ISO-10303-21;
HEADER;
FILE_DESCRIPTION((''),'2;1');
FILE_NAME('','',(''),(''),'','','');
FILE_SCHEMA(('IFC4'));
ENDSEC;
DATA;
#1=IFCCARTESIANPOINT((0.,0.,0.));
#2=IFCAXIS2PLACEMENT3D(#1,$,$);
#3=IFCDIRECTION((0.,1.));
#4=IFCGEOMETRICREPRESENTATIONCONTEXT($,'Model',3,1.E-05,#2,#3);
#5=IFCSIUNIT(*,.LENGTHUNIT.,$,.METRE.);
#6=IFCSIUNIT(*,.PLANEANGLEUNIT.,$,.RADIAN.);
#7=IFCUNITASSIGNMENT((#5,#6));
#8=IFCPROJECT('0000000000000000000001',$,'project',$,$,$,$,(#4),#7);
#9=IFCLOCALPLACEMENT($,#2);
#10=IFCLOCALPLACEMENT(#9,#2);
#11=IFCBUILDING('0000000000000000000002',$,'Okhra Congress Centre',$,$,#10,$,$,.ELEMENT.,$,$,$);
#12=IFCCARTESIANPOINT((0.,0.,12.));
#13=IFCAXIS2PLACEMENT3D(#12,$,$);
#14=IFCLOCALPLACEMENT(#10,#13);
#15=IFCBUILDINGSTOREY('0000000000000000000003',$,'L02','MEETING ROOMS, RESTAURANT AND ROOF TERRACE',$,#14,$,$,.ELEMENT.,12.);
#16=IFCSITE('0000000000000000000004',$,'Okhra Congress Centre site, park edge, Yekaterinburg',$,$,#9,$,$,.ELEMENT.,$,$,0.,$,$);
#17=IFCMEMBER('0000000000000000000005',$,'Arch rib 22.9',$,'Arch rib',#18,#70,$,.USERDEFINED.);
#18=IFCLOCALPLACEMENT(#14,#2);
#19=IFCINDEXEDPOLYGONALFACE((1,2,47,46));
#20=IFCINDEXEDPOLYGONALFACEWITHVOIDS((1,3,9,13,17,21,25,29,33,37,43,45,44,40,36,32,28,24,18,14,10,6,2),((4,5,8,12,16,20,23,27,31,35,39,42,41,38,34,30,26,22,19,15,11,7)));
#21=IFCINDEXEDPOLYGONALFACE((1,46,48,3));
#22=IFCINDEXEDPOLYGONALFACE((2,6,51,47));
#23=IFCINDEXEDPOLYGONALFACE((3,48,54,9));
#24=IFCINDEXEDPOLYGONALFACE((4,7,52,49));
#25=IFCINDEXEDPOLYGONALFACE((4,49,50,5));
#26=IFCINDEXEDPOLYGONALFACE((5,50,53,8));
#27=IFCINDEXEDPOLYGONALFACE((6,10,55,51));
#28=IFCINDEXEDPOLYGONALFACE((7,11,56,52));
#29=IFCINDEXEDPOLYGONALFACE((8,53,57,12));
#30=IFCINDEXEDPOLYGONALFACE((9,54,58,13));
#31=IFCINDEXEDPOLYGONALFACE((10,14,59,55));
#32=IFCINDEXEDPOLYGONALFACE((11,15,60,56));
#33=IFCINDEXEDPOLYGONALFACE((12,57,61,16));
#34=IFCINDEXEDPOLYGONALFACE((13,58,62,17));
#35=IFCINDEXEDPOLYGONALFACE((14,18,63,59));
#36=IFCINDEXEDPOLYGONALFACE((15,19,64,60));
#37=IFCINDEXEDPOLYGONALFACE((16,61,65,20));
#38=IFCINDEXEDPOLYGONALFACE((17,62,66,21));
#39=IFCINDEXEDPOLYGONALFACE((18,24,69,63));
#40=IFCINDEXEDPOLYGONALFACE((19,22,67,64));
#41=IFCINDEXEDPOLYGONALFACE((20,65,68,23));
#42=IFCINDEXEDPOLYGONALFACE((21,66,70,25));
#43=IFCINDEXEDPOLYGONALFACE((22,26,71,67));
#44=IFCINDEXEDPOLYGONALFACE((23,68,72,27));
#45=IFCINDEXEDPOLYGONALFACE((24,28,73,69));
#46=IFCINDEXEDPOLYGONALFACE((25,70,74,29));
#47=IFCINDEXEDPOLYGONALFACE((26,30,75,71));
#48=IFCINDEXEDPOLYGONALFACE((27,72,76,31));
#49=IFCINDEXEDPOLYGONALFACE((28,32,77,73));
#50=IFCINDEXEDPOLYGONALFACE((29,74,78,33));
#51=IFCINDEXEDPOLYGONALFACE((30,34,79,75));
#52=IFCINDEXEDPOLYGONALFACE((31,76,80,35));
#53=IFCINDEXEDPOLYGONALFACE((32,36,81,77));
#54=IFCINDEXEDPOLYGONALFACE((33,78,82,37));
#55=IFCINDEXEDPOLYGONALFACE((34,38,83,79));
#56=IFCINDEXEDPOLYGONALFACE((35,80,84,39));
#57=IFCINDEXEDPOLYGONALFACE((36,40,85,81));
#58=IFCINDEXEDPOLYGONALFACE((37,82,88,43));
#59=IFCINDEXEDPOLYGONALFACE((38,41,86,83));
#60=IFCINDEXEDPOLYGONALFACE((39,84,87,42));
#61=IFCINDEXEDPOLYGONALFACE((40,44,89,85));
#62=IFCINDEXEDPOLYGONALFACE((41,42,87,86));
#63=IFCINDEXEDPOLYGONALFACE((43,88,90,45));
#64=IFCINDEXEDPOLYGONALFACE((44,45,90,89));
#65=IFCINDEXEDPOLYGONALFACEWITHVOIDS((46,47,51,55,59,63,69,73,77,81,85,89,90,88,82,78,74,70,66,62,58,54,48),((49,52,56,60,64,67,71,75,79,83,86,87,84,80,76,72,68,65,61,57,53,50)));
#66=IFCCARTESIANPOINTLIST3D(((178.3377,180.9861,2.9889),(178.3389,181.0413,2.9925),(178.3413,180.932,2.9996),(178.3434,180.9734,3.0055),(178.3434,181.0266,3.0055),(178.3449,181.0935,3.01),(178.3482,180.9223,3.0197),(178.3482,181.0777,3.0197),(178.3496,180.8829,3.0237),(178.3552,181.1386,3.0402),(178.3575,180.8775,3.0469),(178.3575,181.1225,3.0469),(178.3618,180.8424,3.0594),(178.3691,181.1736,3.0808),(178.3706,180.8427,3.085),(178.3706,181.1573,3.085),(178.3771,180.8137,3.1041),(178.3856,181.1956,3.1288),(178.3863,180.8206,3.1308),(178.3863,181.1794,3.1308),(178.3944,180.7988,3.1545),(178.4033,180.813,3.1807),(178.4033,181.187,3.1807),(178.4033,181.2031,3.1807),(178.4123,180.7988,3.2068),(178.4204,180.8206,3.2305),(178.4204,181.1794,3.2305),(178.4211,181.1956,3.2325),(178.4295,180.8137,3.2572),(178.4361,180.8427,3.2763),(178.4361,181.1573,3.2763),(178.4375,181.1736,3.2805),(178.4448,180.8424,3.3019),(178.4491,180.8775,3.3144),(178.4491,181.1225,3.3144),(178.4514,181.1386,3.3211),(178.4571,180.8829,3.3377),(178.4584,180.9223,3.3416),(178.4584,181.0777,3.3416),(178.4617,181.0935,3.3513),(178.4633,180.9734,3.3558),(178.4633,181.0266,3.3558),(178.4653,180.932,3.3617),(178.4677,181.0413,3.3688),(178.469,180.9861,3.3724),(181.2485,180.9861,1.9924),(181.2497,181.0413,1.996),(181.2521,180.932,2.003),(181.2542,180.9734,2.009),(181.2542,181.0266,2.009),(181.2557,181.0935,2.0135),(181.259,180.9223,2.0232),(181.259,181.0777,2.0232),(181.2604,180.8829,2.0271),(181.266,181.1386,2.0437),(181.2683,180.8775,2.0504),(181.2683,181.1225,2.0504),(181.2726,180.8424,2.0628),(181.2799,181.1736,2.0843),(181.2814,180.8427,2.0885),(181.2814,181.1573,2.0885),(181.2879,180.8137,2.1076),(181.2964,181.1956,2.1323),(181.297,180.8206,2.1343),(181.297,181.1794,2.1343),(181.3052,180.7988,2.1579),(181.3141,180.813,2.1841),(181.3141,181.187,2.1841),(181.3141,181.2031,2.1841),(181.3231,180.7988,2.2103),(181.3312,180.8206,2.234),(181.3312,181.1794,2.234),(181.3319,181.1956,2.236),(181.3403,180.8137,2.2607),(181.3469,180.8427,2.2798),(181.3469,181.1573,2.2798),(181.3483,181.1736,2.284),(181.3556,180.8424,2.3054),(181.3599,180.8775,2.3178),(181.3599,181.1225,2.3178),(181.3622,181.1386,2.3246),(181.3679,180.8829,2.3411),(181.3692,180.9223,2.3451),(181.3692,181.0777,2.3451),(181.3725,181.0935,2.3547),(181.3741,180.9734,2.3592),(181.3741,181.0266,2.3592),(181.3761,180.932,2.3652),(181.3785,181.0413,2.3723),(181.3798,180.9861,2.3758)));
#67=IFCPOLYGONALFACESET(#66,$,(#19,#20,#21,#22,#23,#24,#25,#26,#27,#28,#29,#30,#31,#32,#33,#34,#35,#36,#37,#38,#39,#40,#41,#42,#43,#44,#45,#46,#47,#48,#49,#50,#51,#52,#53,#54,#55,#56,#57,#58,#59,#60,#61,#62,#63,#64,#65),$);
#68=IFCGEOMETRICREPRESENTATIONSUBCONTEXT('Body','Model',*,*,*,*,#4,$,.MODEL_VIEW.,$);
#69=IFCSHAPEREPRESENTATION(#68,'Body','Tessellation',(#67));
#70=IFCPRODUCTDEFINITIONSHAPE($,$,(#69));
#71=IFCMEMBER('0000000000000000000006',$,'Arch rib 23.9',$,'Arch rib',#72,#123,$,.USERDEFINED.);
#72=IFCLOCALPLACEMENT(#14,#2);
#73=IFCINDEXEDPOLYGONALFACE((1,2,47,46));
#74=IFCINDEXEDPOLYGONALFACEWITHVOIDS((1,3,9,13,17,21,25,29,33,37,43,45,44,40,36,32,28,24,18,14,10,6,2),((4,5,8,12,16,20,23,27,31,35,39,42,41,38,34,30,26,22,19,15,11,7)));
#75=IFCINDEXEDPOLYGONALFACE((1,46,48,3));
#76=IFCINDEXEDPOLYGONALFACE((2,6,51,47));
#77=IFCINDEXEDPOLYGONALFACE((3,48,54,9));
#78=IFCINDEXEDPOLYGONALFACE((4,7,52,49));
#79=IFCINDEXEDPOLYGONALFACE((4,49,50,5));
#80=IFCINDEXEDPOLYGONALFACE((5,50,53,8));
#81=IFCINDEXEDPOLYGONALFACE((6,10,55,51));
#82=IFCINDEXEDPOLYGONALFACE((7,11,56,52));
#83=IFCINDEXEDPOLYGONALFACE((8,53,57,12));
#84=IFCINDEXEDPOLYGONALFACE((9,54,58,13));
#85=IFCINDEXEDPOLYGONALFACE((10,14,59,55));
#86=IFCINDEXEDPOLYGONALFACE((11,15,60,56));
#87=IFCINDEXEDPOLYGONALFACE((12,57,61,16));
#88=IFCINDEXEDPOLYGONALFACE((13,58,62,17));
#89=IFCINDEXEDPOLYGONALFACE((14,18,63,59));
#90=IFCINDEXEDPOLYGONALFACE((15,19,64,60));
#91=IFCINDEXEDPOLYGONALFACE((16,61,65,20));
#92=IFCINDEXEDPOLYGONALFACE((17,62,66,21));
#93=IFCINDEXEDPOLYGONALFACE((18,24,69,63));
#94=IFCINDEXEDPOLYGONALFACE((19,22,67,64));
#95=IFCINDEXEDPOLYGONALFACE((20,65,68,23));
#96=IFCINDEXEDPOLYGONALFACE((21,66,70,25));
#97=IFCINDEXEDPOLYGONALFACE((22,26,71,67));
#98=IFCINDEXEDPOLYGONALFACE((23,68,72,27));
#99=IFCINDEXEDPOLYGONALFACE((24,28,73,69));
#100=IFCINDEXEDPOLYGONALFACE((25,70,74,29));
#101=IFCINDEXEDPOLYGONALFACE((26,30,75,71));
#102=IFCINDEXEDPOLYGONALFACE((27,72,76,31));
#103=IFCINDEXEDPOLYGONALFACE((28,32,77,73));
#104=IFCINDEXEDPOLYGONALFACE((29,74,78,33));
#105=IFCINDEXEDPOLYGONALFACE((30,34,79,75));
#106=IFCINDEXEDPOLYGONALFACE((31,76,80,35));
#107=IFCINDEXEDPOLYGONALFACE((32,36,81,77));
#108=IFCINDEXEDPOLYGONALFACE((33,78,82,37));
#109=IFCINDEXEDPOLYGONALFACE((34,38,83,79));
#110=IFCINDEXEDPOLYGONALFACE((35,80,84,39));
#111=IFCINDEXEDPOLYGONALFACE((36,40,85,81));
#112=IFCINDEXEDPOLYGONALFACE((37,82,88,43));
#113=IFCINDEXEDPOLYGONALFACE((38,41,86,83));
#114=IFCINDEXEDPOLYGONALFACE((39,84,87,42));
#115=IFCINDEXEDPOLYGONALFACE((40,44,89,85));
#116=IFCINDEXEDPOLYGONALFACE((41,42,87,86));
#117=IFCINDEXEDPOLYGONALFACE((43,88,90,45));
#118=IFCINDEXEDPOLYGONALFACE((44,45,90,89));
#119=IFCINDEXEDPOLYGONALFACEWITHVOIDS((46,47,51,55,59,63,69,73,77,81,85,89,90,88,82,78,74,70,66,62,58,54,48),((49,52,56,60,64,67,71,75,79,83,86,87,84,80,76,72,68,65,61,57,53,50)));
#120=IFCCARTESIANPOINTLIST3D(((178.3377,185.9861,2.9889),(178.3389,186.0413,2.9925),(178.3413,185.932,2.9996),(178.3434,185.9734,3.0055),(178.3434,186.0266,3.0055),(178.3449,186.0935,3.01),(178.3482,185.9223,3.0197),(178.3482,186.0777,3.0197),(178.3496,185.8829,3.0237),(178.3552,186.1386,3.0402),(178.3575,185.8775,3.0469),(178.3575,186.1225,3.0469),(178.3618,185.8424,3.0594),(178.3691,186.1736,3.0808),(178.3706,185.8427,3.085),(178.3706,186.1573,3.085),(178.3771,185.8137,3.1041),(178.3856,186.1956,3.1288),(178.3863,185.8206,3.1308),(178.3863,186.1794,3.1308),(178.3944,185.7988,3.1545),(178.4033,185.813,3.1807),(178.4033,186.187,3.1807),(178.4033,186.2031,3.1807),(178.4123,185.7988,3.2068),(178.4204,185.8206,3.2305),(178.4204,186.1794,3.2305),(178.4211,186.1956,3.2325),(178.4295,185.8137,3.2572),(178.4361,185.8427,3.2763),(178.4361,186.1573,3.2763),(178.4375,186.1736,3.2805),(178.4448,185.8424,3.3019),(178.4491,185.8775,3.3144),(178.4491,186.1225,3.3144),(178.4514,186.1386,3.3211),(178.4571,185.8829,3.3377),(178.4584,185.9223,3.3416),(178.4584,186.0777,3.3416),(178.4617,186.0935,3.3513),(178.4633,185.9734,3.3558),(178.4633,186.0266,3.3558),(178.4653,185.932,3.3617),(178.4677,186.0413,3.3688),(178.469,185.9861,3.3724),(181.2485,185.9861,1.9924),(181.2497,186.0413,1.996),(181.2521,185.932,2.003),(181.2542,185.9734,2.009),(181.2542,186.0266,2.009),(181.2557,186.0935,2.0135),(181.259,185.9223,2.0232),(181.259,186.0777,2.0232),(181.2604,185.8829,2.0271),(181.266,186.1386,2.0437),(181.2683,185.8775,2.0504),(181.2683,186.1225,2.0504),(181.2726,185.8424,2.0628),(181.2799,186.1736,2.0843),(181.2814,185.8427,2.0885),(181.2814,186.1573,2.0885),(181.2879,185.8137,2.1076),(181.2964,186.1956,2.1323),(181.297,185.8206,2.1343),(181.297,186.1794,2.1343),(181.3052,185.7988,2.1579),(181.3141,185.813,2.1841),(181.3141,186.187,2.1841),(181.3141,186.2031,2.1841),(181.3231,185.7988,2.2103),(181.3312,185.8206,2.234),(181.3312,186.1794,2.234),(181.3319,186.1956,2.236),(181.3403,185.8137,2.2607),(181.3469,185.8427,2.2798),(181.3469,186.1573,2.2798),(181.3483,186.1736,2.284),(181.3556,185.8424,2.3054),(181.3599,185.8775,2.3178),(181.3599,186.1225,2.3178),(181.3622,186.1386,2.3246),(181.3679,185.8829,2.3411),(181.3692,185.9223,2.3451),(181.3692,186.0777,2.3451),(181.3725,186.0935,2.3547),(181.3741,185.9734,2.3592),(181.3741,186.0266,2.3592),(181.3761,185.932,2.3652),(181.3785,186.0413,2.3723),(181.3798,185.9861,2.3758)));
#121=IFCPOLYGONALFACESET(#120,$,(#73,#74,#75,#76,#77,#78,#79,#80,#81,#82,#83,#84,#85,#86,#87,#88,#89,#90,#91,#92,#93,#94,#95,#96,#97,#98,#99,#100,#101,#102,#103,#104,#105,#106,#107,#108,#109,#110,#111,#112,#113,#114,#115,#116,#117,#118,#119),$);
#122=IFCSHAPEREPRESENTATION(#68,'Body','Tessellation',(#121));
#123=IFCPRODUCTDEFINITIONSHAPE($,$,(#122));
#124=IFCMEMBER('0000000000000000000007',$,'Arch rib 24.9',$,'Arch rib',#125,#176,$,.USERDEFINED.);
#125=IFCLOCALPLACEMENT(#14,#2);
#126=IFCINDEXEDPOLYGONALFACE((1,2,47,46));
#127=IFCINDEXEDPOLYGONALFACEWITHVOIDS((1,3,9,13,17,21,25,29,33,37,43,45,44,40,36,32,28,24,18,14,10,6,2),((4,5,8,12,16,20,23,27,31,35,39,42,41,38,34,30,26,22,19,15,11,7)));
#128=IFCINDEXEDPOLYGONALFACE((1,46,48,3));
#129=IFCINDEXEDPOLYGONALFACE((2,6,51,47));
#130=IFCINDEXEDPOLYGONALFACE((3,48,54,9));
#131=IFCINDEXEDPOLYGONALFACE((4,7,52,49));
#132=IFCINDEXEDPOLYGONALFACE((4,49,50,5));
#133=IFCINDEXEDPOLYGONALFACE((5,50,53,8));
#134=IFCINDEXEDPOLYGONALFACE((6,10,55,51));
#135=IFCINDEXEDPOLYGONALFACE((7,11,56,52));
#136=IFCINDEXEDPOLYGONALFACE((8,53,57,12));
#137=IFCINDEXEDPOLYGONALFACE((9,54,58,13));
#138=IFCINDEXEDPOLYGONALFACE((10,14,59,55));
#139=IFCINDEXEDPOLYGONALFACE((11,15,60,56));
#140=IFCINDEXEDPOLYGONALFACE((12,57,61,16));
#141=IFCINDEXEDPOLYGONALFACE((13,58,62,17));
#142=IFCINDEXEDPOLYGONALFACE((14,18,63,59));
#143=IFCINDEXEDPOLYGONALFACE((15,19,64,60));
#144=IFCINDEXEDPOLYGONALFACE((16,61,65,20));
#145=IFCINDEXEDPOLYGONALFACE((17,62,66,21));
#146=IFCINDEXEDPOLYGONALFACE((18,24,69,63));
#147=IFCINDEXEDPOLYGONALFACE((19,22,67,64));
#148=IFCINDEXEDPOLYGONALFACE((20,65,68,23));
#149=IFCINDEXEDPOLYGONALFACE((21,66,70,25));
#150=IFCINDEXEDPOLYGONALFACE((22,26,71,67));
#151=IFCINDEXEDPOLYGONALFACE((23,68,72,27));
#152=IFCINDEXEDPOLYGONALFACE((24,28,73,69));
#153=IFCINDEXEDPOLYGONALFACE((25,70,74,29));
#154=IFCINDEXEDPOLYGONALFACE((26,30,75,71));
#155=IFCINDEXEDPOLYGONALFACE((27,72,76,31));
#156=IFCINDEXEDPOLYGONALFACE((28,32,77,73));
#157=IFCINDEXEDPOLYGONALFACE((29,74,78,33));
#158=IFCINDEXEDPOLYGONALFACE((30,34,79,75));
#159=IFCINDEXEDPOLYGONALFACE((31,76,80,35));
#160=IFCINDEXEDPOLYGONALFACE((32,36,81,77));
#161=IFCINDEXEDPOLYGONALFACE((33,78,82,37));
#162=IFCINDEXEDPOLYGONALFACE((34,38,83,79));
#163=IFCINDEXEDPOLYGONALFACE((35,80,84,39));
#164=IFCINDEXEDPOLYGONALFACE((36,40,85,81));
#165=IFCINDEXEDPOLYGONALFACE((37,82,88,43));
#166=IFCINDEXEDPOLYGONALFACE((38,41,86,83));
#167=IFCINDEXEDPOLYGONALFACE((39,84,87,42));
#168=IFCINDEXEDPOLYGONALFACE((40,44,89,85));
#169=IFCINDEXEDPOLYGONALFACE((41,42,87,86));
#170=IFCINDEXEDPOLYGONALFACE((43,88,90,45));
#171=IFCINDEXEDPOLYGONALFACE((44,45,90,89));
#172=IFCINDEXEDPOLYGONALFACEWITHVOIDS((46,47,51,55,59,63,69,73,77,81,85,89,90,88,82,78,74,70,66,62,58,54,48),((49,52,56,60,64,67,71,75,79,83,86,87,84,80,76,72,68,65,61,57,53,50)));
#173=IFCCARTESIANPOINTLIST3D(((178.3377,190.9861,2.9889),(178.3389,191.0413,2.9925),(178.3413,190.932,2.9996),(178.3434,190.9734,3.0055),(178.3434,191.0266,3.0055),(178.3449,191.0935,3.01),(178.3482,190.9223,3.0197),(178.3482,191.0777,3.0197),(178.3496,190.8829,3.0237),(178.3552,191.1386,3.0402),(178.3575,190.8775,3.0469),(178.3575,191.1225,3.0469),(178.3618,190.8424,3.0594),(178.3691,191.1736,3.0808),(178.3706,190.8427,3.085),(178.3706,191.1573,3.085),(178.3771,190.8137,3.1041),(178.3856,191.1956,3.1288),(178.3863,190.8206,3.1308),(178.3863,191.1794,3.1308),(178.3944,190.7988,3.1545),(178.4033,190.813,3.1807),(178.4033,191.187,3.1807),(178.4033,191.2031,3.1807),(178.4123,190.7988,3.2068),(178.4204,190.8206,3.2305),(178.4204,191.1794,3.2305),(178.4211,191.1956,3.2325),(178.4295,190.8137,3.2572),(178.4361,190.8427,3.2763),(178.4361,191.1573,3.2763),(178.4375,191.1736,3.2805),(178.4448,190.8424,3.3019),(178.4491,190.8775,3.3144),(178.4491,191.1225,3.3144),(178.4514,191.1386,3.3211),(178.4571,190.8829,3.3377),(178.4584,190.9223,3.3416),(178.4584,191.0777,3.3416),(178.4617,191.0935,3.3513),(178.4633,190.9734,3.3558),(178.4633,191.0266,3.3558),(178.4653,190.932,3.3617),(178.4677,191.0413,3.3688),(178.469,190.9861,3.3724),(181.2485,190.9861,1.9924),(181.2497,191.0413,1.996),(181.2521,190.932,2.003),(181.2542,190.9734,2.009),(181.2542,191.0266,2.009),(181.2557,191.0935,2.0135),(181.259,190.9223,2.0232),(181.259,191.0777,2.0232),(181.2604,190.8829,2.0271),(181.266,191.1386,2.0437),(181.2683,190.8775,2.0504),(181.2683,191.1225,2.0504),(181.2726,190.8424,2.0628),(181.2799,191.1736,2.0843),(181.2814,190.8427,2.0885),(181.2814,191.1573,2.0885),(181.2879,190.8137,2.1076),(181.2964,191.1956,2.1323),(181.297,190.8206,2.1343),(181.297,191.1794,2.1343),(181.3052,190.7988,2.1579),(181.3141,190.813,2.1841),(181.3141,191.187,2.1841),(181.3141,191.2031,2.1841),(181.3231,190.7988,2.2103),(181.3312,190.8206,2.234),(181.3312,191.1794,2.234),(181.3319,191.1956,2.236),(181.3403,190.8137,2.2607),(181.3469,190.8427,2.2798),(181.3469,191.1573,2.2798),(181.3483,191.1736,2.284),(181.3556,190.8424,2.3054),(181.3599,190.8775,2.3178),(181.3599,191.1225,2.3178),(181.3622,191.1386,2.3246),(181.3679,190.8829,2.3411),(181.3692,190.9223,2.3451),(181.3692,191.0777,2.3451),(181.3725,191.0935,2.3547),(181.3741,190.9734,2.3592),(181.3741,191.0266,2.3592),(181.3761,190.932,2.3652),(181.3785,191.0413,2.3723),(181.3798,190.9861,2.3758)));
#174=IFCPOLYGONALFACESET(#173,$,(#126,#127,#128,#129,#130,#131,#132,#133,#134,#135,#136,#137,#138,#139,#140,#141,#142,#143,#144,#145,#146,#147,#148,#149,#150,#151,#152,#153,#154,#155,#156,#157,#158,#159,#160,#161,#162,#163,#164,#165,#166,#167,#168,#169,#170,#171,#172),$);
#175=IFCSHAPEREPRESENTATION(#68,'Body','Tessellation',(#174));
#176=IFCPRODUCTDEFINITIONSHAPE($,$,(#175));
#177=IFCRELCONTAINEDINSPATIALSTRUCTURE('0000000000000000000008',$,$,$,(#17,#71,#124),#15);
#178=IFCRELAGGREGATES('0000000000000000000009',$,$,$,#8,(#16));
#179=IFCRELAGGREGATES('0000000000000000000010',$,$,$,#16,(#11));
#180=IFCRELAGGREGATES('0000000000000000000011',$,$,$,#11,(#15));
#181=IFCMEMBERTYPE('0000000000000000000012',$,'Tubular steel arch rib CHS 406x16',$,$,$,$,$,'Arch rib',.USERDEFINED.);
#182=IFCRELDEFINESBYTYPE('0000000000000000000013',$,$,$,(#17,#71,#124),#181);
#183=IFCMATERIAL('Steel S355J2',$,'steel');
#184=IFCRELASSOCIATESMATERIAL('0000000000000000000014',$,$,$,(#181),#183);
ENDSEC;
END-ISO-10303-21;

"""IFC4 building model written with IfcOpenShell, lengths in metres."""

from ifc_helpers import new_model, si_unit, direction, frame, origin, origin_2d, place, context, subcontext, project, spatial, hollow_circle, extrude, material, material_profile, profile_set, type_object, element, save


model = new_model("IFC4")

# Units and contexts
model_context = context("Model", 3, precision=1e-05, world=origin(), true_north=direction((0.0, 1.0)))
body_context = subcontext(model_context, "Body", "Model", "MODEL_VIEW")
ifc_project = project(units=[si_unit("LENGTHUNIT", "METRE"), si_unit("PLANEANGLEUNIT", "RADIAN")], contexts=[model_context])

# Site, building, storey
site_placement = place(None, origin())
site = spatial("IfcSite", under=ifc_project, at=site_placement, Name="Okhra Congress Centre site, park edge, Yekaterinburg", CompositionType="ELEMENT", RefElevation=0.0)
building_placement = place(site_placement, origin())
building = spatial("IfcBuilding", under=site, at=building_placement, Name="Okhra Congress Centre", CompositionType="ELEMENT")
storey_placement = place(building_placement, frame((0.0, 0.0, 12.0)))
storey = spatial("IfcBuildingStorey", under=building, at=storey_placement, Name="L02", Description="MEETING ROOMS, RESTAURANT AND ROOF TERRACE", CompositionType="ELEMENT", Elevation=12.0)

# Members
ifc_material_1 = material(Name="Steel S355J2", Category="steel")
ifc_material_profile_1 = material_profile(ifc_material_1, hollow_circle(Radius=0.2031, WallThickness=0.0161, at=origin_2d()), Name="CHS 406.4x16")
ifc_profile_set_1 = profile_set([ifc_material_profile_1], Name="Steel S355J2")
member_type_1 = type_object("IfcMemberType", Name="Tubular steel arch rib CHS 406x16", ElementType="Arch rib", PredefinedType="USERDEFINED", material=ifc_profile_set_1)
for number, where, z_axis, x_axis, name in (
    (1, (178.4033, 181.0, 3.1807), (0.946089, 0.0, -0.323906), (0.0, 1.0, 0.0), "Arch rib 22.9"),
    (2, (178.4033, 186.0, 3.1807), (0.946089, 0.0, -0.323906), (0.0, 1.0, 0.0), "Arch rib 23.9"),
    (3, (178.4033, 191.0, 3.1807), (0.946089, 0.0, -0.323906), (0.0, 1.0, 0.0), "Arch rib 24.9"),
):
    element("IfcMember", number, at=place(storey_placement, frame(where, z_axis=z_axis, x_axis=x_axis)), inside=storey, type_object=member_type_1, Name=name, ObjectType="Arch rib", PredefinedType="USERDEFINED", context=body_context, shape_type="SweptSolid", body=[
        extrude(hollow_circle(Radius=0.2031, WallThickness=0.0161, at=origin_2d()), origin(), (0.0, 0.0, 1.0), 3.0767),
    ])

save(model, "model.ifc")
